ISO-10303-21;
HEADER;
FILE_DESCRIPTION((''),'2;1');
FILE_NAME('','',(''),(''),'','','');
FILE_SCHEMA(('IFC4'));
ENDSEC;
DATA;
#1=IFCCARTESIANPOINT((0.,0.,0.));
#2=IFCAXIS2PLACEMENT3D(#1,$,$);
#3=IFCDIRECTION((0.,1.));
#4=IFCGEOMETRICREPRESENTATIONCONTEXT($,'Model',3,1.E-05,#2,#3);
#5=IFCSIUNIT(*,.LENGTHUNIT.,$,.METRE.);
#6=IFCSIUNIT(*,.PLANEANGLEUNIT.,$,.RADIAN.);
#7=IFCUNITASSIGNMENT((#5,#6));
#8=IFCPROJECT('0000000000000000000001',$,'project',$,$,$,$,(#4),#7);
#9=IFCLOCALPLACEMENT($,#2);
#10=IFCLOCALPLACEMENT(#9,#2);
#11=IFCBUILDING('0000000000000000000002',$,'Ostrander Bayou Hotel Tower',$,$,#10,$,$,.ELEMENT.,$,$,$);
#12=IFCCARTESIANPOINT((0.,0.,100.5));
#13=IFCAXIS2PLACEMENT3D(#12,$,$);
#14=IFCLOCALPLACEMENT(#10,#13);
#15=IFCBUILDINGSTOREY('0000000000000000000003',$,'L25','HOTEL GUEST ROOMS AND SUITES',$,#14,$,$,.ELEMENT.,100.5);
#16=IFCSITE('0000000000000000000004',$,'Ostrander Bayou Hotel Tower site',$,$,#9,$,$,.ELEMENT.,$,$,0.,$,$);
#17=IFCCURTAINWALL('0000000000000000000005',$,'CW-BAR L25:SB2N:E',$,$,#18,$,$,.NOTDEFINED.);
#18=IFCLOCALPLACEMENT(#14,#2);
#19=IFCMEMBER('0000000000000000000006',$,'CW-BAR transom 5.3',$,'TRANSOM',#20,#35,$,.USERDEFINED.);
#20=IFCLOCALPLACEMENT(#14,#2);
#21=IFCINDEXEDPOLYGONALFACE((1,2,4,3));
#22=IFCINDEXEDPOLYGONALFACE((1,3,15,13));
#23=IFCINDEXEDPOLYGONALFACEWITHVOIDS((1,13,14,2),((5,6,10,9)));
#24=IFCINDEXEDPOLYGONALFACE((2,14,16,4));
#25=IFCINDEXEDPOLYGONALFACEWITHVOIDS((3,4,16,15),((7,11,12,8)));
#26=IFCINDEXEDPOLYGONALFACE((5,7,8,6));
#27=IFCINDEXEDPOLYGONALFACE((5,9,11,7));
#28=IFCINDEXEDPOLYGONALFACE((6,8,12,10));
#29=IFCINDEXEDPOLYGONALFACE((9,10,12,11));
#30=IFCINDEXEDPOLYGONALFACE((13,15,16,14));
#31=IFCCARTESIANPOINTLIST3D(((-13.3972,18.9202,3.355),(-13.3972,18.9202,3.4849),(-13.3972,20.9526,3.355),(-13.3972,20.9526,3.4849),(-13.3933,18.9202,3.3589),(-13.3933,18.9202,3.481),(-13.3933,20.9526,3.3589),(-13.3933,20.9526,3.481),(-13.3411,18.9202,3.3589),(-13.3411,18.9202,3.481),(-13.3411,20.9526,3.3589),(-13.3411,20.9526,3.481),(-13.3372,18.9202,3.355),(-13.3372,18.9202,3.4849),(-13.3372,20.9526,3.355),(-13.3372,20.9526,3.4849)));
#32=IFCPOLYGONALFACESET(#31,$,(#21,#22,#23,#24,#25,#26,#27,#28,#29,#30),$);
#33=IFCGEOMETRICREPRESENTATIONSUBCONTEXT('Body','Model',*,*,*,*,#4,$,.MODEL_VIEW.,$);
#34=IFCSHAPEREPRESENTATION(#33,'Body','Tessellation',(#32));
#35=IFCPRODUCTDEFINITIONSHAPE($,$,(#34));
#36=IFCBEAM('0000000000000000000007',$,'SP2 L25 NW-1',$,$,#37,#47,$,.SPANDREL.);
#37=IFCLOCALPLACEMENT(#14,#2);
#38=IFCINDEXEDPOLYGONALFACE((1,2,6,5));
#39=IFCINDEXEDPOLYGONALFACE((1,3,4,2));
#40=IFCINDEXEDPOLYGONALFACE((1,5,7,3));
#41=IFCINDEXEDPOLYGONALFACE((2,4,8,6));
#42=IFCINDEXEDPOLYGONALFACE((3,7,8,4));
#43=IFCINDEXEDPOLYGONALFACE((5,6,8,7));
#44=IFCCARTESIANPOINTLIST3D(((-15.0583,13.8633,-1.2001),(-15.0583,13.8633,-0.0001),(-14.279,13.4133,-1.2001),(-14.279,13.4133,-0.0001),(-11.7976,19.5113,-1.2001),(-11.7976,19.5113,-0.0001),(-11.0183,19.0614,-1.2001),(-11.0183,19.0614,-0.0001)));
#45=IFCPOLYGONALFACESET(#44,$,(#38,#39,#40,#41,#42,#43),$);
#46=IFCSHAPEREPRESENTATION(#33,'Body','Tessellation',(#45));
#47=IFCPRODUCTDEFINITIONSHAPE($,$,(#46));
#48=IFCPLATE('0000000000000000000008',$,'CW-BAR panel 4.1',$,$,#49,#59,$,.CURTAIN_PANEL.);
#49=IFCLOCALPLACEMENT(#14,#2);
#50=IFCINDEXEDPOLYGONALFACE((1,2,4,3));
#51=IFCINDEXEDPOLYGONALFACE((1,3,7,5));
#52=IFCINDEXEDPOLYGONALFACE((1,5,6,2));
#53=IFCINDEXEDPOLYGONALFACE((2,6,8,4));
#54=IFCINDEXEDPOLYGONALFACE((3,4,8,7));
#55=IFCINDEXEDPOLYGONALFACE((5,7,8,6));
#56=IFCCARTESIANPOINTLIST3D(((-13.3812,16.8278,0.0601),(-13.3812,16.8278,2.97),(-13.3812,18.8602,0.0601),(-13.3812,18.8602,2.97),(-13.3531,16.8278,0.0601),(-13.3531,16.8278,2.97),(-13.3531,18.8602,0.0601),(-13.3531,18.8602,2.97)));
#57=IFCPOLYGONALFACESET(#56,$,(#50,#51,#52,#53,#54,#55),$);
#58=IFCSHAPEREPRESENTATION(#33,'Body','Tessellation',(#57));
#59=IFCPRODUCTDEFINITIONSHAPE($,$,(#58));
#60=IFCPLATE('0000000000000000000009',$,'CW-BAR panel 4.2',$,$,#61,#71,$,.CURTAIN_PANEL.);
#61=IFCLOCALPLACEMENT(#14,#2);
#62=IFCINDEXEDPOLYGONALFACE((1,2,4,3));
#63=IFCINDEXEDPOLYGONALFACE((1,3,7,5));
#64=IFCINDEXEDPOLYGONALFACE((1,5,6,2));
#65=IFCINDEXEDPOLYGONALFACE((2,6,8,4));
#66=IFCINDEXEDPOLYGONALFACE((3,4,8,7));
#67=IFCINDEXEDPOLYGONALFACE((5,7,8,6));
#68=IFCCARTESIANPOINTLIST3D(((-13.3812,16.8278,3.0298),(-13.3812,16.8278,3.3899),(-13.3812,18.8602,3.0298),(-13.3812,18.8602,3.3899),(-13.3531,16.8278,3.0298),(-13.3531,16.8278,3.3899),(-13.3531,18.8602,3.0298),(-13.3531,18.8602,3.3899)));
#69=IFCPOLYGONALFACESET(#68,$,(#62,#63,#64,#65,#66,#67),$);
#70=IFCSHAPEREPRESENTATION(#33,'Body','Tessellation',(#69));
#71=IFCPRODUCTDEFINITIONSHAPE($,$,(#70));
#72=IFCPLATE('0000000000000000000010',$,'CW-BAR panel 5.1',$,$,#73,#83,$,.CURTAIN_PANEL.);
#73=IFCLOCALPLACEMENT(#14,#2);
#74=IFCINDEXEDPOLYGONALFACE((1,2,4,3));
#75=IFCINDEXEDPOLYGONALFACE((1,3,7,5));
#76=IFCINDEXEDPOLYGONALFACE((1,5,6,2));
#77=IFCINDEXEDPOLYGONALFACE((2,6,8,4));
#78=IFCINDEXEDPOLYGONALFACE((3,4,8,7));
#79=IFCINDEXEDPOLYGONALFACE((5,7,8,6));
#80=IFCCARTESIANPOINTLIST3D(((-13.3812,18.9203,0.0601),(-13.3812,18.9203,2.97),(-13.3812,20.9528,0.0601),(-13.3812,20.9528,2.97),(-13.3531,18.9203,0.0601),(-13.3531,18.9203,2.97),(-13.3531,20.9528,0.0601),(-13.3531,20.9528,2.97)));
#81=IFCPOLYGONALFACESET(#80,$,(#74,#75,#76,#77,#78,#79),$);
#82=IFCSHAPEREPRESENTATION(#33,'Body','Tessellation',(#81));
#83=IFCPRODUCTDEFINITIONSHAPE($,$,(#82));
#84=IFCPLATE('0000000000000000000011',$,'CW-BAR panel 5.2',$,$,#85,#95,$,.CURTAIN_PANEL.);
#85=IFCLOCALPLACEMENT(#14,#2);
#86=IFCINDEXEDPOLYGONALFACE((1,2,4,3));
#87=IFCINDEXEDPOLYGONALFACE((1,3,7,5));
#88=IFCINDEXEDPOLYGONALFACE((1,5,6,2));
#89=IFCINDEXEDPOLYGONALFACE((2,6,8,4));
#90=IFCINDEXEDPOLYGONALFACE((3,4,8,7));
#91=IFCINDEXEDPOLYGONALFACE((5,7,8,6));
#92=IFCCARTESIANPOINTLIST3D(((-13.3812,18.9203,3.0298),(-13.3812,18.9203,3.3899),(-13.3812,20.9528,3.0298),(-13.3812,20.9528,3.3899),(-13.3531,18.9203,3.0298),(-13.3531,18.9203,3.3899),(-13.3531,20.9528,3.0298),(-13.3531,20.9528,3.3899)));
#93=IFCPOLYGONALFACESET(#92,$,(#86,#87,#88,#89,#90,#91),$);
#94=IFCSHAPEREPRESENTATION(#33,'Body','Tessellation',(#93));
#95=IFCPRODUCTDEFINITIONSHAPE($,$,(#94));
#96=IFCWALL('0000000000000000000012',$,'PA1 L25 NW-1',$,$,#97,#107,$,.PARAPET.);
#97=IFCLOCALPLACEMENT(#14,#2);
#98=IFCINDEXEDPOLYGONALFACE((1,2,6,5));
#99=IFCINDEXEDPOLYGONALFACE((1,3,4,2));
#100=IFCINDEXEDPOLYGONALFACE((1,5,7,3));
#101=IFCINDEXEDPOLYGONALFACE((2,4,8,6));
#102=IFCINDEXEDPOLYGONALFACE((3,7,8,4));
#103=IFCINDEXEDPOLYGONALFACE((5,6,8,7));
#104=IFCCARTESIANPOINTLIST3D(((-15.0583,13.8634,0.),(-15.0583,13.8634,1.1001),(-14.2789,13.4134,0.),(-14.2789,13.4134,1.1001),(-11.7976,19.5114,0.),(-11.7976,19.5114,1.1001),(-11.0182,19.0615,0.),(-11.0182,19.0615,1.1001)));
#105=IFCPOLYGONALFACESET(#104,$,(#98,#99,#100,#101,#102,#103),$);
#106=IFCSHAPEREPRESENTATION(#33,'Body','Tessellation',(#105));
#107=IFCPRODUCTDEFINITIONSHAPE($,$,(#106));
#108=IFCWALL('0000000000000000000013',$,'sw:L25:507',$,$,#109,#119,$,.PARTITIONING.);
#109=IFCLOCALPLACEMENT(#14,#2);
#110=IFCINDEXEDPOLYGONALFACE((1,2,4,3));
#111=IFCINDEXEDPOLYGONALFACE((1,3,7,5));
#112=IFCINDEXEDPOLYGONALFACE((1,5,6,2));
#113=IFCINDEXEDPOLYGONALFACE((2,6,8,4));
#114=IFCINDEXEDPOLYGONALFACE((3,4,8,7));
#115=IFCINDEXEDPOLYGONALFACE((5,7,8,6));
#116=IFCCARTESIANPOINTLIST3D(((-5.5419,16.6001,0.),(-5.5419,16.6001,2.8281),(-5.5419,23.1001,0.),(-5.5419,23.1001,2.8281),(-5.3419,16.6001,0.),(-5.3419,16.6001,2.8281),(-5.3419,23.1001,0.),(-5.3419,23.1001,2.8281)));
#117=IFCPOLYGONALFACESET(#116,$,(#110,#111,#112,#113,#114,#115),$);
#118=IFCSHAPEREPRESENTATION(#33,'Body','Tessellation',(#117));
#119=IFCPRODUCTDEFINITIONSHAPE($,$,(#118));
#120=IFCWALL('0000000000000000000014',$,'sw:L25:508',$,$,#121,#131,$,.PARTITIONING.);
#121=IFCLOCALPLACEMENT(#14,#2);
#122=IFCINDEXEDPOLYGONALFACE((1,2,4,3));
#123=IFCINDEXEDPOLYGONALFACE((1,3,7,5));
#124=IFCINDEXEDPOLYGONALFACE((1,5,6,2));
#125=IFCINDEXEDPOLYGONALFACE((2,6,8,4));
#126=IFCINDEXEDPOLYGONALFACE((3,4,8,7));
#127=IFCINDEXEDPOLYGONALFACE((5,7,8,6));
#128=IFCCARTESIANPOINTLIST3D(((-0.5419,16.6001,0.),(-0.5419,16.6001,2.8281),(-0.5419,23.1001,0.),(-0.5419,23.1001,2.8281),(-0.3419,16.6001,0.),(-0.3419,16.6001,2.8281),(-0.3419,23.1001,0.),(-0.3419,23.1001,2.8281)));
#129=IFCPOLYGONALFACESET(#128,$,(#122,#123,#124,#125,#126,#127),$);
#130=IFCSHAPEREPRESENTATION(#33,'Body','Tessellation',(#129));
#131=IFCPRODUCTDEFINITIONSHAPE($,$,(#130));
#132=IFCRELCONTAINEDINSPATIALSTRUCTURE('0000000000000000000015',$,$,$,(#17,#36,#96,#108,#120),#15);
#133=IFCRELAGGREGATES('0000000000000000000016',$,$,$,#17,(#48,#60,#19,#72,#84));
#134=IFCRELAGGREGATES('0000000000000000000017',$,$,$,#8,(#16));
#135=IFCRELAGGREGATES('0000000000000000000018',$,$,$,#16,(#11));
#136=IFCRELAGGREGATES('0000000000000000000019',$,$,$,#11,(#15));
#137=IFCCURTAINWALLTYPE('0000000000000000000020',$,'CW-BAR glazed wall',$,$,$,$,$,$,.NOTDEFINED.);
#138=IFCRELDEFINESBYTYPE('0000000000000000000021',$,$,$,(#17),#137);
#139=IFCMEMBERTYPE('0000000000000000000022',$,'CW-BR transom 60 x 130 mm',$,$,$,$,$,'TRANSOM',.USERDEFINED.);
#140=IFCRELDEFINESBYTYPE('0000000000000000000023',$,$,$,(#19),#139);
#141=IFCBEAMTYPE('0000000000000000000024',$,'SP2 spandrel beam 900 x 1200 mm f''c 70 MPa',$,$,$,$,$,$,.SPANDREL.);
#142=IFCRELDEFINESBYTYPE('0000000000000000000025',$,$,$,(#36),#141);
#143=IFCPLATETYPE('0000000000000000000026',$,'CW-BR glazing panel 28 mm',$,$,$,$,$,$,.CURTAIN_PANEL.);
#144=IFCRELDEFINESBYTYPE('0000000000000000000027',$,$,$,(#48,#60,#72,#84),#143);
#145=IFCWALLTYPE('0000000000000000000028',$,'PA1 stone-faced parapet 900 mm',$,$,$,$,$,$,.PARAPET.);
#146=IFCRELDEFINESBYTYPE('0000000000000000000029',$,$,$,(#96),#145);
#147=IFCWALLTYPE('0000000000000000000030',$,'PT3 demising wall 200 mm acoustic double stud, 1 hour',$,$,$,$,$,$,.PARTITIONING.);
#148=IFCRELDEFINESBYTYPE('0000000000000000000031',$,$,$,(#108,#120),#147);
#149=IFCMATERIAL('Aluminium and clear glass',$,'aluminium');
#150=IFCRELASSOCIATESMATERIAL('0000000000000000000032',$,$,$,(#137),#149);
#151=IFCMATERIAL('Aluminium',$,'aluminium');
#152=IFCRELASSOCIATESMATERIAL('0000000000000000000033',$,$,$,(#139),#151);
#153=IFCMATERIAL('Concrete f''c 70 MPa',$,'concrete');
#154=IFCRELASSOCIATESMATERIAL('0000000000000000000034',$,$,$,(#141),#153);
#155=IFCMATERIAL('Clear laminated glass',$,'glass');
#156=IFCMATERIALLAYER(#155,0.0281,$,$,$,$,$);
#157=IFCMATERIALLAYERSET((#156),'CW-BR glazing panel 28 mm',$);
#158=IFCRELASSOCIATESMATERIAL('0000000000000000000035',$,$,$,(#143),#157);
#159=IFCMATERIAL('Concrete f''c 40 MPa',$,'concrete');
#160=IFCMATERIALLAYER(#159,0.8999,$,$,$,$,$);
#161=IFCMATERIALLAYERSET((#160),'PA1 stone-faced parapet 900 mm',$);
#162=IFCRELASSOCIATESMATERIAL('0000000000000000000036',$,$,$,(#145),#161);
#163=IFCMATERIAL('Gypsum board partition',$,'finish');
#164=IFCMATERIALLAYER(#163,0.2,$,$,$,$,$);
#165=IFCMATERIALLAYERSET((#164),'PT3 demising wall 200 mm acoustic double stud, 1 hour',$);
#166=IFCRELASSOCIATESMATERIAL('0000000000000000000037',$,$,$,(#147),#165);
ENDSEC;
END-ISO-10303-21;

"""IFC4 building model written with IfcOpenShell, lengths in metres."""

from ifc_helpers import new_model, si_unit, direction, frame, frame_2d, origin, origin_2d, place, context, subcontext, project, spatial, rectangle, hollow_rectangle, extrude, material, layer, layer_set, material_profile, profile_set, type_object, element, aggregate, save


model = new_model("IFC4")

# Units and contexts
model_context = context("Model", 3, precision=1e-05, world=origin(), true_north=direction((0.0, 1.0)))
body_context = subcontext(model_context, "Body", "Model", "MODEL_VIEW")
ifc_project = project(units=[si_unit("LENGTHUNIT", "METRE"), si_unit("PLANEANGLEUNIT", "RADIAN")], contexts=[model_context])

# Site, building, storey
site_placement = place(None, origin())
site = spatial("IfcSite", under=ifc_project, at=site_placement, Name="Ostrander Bayou Hotel Tower site", CompositionType="ELEMENT", RefElevation=0.0)
building_placement = place(site_placement, origin())
building = spatial("IfcBuilding", under=site, at=building_placement, Name="Ostrander Bayou Hotel Tower", CompositionType="ELEMENT")
storey_placement = place(building_placement, frame((0.0, 0.0, 100.5)))
storey = spatial("IfcBuildingStorey", under=building, at=storey_placement, Name="L25", Description="HOTEL GUEST ROOMS AND SUITES", CompositionType="ELEMENT", Elevation=100.5)

# Curtain wall, member
ifc_material_1 = material(Name="Aluminium and clear glass", Category="aluminium")
curtain_wall_type = type_object("IfcCurtainWallType", Name="CW-BAR glazed wall", PredefinedType="NOTDEFINED", material=ifc_material_1)
curtain_wall_placement = place(storey_placement, origin())
curtain_wall = element("IfcCurtainWall", 1, at=curtain_wall_placement, inside=storey, type_object=curtain_wall_type, Name="CW-BAR L25:SB2N:E", PredefinedType="NOTDEFINED")
ifc_material_2 = material(Name="Aluminium", Category="aluminium")
ifc_material_profile_1 = material_profile(ifc_material_2, hollow_rectangle(XDim=0.0601, YDim=0.1299, WallThickness=0.0039, at=origin_2d()))
ifc_profile_set_1 = profile_set([ifc_material_profile_1], Name="Aluminium")
member_type_1 = type_object("IfcMemberType", Name="CW-BR transom 60 x 130 mm", ElementType="TRANSOM", PredefinedType="USERDEFINED", material=ifc_profile_set_1)
member_1_placement = place(storey_placement, frame((-13.3672, 18.9202, 3.4199), z_axis=(0.0, 1.0, 0.0), x_axis=(-1.0, 0.0, 0.0)))
member_1 = element("IfcMember", 2, at=member_1_placement, type_object=member_type_1, Name="CW-BAR transom 5.3", ObjectType="TRANSOM", PredefinedType="USERDEFINED", context=body_context, shape_type="SweptSolid", body=[
    extrude(hollow_rectangle(XDim=0.0601, YDim=0.1299, WallThickness=0.0039, at=origin_2d()), origin(), (0.0, 0.0, 1.0), 2.0325),
])

# Beam
ifc_material_3 = material(Name="Concrete f'c 70 MPa", Category="concrete")
ifc_material_profile_2 = material_profile(ifc_material_3, rectangle(XDim=0.8999, YDim=1.2, at=origin_2d()))
ifc_profile_set_2 = profile_set([ifc_material_profile_2], Name="Concrete f'c 70 MPa")
beam_type = type_object("IfcBeamType", Name="SP2 spandrel beam 900 x 1200 mm f'c 70 MPa", PredefinedType="SPANDREL", material=ifc_profile_set_2)
beam_placement = place(storey_placement, frame((-11.408, 19.2864, -0.6001), z_axis=(-0.499972, -0.866042, 0.0), x_axis=(0.866042, -0.499972, 0.0)))
element("IfcBeam", 3, at=beam_placement, inside=storey, type_object=beam_type, Name="SP2 L25 NW-1", PredefinedType="SPANDREL", context=body_context, shape_type="SweptSolid", body=[
    extrude(rectangle(XDim=0.8999, YDim=1.2, at=origin_2d()), origin(), (0.0, 0.0, 1.0), 6.5217),
])

# Plates
ifc_material_4 = material(Name="Clear laminated glass", Category="glass")
ifc_layer_1 = layer(ifc_material_4, 0.0281)
ifc_layer_set_1 = layer_set([ifc_layer_1], Name="CW-BR glazing panel 28 mm")
plate_type = type_object("IfcPlateType", Name="CW-BR glazing panel 28 mm", PredefinedType="CURTAIN_PANEL", material=ifc_layer_set_1)
plate_1_placement = place(storey_placement, frame((-13.3672, 17.844, 0.0601), z_axis=(0.0, 0.0, 1.0), x_axis=(0.0, 1.0, 0.0)))
plate_1 = element("IfcPlate", 4, at=plate_1_placement, type_object=plate_type, Name="CW-BAR panel 4.1", PredefinedType="CURTAIN_PANEL", context=body_context, shape_type="SweptSolid", body=[
    extrude(rectangle(XDim=2.0325, YDim=0.0281, at=origin_2d()), origin(), (0.0, 0.0, 1.0), 2.9099),
])
plate_2_placement = place(storey_placement, frame((-13.3672, 17.844, 3.0298), z_axis=(0.0, 0.0, 1.0), x_axis=(0.0, 1.0, 0.0)))
plate_2 = element("IfcPlate", 5, at=plate_2_placement, type_object=plate_type, Name="CW-BAR panel 4.2", PredefinedType="CURTAIN_PANEL", context=body_context, shape_type="SweptSolid", body=[
    extrude(rectangle(XDim=2.0325, YDim=0.0281, at=origin_2d()), origin(), (0.0, 0.0, 1.0), 0.3601),
])
plate_3_placement = place(storey_placement, frame((-13.3672, 19.9365, 0.0601), z_axis=(0.0, 0.0, 1.0), x_axis=(0.0, 1.0, 0.0)))
plate_3 = element("IfcPlate", 6, at=plate_3_placement, type_object=plate_type, Name="CW-BAR panel 5.1", PredefinedType="CURTAIN_PANEL", context=body_context, shape_type="SweptSolid", body=[
    extrude(rectangle(XDim=2.0325, YDim=0.0281, at=origin_2d()), origin(), (0.0, 0.0, 1.0), 2.9099),
])
plate_4_placement = place(storey_placement, frame((-13.3672, 19.9365, 3.0298), z_axis=(0.0, 0.0, 1.0), x_axis=(0.0, 1.0, 0.0)))
plate_4 = element("IfcPlate", 7, at=plate_4_placement, type_object=plate_type, Name="CW-BAR panel 5.2", PredefinedType="CURTAIN_PANEL", context=body_context, shape_type="SweptSolid", body=[
    extrude(rectangle(XDim=2.0325, YDim=0.0281, at=origin_2d()), origin(), (0.0, 0.0, 1.0), 0.3601),
])
aggregate(curtain_wall, [plate_1, plate_2, member_1, plate_3, plate_4])

# Walls
ifc_material_5 = material(Name="Concrete f'c 40 MPa", Category="concrete")
ifc_layer_2 = layer(ifc_material_5, 0.8999)
ifc_layer_set_2 = layer_set([ifc_layer_2], Name="PA1 stone-faced parapet 900 mm")
wall_type_1 = type_object("IfcWallType", Name="PA1 stone-faced parapet 900 mm", PredefinedType="PARAPET", material=ifc_layer_set_2)
wall_1_placement = place(storey_placement, frame((-11.408, 19.2864, 0.0), z_axis=(0.0, 0.0, 1.0), x_axis=(-0.499972, -0.866042, 0.0)))
element("IfcWall", 8, at=wall_1_placement, inside=storey, type_object=wall_type_1, Name="PA1 L25 NW-1", PredefinedType="PARAPET", context=body_context, shape_type="SweptSolid", body=[
    extrude(rectangle(XDim=6.5217, YDim=0.8999, at=frame_2d((3.2607, 0.0))), origin(), (0.0, 0.0, 1.0), 1.1001),
])
ifc_material_6 = material(Name="Gypsum board partition", Category="finish")
ifc_layer_3 = layer(ifc_material_6, 0.2)
ifc_layer_set_3 = layer_set([ifc_layer_3], Name="PT3 demising wall 200 mm acoustic double stud, 1 hour")
wall_type_2 = type_object("IfcWallType", Name="PT3 demising wall 200 mm acoustic double stud, 1 hour", PredefinedType="PARTITIONING", material=ifc_layer_set_3)
for number, where, z_axis, x_axis, name in (
    (9, (-5.4419, 16.6001, 0.0), (0.0, 0.0, 1.0), (0.0, 1.0, 0.0), "sw:L25:507"),
    (10, (-0.4419, 16.6001, 0.0), (0.0, 0.0, 1.0), (0.0, 1.0, 0.0), "sw:L25:508"),
):
    element("IfcWall", number, at=place(storey_placement, frame(where, z_axis=z_axis, x_axis=x_axis)), inside=storey, type_object=wall_type_2, Name=name, PredefinedType="PARTITIONING", context=body_context, shape_type="SweptSolid", body=[
        extrude(rectangle(XDim=6.5, YDim=0.2, at=frame_2d((3.25, 0.0))), origin(), (0.0, 0.0, 1.0), 2.8281),
    ])

save(model, "model.ifc")
